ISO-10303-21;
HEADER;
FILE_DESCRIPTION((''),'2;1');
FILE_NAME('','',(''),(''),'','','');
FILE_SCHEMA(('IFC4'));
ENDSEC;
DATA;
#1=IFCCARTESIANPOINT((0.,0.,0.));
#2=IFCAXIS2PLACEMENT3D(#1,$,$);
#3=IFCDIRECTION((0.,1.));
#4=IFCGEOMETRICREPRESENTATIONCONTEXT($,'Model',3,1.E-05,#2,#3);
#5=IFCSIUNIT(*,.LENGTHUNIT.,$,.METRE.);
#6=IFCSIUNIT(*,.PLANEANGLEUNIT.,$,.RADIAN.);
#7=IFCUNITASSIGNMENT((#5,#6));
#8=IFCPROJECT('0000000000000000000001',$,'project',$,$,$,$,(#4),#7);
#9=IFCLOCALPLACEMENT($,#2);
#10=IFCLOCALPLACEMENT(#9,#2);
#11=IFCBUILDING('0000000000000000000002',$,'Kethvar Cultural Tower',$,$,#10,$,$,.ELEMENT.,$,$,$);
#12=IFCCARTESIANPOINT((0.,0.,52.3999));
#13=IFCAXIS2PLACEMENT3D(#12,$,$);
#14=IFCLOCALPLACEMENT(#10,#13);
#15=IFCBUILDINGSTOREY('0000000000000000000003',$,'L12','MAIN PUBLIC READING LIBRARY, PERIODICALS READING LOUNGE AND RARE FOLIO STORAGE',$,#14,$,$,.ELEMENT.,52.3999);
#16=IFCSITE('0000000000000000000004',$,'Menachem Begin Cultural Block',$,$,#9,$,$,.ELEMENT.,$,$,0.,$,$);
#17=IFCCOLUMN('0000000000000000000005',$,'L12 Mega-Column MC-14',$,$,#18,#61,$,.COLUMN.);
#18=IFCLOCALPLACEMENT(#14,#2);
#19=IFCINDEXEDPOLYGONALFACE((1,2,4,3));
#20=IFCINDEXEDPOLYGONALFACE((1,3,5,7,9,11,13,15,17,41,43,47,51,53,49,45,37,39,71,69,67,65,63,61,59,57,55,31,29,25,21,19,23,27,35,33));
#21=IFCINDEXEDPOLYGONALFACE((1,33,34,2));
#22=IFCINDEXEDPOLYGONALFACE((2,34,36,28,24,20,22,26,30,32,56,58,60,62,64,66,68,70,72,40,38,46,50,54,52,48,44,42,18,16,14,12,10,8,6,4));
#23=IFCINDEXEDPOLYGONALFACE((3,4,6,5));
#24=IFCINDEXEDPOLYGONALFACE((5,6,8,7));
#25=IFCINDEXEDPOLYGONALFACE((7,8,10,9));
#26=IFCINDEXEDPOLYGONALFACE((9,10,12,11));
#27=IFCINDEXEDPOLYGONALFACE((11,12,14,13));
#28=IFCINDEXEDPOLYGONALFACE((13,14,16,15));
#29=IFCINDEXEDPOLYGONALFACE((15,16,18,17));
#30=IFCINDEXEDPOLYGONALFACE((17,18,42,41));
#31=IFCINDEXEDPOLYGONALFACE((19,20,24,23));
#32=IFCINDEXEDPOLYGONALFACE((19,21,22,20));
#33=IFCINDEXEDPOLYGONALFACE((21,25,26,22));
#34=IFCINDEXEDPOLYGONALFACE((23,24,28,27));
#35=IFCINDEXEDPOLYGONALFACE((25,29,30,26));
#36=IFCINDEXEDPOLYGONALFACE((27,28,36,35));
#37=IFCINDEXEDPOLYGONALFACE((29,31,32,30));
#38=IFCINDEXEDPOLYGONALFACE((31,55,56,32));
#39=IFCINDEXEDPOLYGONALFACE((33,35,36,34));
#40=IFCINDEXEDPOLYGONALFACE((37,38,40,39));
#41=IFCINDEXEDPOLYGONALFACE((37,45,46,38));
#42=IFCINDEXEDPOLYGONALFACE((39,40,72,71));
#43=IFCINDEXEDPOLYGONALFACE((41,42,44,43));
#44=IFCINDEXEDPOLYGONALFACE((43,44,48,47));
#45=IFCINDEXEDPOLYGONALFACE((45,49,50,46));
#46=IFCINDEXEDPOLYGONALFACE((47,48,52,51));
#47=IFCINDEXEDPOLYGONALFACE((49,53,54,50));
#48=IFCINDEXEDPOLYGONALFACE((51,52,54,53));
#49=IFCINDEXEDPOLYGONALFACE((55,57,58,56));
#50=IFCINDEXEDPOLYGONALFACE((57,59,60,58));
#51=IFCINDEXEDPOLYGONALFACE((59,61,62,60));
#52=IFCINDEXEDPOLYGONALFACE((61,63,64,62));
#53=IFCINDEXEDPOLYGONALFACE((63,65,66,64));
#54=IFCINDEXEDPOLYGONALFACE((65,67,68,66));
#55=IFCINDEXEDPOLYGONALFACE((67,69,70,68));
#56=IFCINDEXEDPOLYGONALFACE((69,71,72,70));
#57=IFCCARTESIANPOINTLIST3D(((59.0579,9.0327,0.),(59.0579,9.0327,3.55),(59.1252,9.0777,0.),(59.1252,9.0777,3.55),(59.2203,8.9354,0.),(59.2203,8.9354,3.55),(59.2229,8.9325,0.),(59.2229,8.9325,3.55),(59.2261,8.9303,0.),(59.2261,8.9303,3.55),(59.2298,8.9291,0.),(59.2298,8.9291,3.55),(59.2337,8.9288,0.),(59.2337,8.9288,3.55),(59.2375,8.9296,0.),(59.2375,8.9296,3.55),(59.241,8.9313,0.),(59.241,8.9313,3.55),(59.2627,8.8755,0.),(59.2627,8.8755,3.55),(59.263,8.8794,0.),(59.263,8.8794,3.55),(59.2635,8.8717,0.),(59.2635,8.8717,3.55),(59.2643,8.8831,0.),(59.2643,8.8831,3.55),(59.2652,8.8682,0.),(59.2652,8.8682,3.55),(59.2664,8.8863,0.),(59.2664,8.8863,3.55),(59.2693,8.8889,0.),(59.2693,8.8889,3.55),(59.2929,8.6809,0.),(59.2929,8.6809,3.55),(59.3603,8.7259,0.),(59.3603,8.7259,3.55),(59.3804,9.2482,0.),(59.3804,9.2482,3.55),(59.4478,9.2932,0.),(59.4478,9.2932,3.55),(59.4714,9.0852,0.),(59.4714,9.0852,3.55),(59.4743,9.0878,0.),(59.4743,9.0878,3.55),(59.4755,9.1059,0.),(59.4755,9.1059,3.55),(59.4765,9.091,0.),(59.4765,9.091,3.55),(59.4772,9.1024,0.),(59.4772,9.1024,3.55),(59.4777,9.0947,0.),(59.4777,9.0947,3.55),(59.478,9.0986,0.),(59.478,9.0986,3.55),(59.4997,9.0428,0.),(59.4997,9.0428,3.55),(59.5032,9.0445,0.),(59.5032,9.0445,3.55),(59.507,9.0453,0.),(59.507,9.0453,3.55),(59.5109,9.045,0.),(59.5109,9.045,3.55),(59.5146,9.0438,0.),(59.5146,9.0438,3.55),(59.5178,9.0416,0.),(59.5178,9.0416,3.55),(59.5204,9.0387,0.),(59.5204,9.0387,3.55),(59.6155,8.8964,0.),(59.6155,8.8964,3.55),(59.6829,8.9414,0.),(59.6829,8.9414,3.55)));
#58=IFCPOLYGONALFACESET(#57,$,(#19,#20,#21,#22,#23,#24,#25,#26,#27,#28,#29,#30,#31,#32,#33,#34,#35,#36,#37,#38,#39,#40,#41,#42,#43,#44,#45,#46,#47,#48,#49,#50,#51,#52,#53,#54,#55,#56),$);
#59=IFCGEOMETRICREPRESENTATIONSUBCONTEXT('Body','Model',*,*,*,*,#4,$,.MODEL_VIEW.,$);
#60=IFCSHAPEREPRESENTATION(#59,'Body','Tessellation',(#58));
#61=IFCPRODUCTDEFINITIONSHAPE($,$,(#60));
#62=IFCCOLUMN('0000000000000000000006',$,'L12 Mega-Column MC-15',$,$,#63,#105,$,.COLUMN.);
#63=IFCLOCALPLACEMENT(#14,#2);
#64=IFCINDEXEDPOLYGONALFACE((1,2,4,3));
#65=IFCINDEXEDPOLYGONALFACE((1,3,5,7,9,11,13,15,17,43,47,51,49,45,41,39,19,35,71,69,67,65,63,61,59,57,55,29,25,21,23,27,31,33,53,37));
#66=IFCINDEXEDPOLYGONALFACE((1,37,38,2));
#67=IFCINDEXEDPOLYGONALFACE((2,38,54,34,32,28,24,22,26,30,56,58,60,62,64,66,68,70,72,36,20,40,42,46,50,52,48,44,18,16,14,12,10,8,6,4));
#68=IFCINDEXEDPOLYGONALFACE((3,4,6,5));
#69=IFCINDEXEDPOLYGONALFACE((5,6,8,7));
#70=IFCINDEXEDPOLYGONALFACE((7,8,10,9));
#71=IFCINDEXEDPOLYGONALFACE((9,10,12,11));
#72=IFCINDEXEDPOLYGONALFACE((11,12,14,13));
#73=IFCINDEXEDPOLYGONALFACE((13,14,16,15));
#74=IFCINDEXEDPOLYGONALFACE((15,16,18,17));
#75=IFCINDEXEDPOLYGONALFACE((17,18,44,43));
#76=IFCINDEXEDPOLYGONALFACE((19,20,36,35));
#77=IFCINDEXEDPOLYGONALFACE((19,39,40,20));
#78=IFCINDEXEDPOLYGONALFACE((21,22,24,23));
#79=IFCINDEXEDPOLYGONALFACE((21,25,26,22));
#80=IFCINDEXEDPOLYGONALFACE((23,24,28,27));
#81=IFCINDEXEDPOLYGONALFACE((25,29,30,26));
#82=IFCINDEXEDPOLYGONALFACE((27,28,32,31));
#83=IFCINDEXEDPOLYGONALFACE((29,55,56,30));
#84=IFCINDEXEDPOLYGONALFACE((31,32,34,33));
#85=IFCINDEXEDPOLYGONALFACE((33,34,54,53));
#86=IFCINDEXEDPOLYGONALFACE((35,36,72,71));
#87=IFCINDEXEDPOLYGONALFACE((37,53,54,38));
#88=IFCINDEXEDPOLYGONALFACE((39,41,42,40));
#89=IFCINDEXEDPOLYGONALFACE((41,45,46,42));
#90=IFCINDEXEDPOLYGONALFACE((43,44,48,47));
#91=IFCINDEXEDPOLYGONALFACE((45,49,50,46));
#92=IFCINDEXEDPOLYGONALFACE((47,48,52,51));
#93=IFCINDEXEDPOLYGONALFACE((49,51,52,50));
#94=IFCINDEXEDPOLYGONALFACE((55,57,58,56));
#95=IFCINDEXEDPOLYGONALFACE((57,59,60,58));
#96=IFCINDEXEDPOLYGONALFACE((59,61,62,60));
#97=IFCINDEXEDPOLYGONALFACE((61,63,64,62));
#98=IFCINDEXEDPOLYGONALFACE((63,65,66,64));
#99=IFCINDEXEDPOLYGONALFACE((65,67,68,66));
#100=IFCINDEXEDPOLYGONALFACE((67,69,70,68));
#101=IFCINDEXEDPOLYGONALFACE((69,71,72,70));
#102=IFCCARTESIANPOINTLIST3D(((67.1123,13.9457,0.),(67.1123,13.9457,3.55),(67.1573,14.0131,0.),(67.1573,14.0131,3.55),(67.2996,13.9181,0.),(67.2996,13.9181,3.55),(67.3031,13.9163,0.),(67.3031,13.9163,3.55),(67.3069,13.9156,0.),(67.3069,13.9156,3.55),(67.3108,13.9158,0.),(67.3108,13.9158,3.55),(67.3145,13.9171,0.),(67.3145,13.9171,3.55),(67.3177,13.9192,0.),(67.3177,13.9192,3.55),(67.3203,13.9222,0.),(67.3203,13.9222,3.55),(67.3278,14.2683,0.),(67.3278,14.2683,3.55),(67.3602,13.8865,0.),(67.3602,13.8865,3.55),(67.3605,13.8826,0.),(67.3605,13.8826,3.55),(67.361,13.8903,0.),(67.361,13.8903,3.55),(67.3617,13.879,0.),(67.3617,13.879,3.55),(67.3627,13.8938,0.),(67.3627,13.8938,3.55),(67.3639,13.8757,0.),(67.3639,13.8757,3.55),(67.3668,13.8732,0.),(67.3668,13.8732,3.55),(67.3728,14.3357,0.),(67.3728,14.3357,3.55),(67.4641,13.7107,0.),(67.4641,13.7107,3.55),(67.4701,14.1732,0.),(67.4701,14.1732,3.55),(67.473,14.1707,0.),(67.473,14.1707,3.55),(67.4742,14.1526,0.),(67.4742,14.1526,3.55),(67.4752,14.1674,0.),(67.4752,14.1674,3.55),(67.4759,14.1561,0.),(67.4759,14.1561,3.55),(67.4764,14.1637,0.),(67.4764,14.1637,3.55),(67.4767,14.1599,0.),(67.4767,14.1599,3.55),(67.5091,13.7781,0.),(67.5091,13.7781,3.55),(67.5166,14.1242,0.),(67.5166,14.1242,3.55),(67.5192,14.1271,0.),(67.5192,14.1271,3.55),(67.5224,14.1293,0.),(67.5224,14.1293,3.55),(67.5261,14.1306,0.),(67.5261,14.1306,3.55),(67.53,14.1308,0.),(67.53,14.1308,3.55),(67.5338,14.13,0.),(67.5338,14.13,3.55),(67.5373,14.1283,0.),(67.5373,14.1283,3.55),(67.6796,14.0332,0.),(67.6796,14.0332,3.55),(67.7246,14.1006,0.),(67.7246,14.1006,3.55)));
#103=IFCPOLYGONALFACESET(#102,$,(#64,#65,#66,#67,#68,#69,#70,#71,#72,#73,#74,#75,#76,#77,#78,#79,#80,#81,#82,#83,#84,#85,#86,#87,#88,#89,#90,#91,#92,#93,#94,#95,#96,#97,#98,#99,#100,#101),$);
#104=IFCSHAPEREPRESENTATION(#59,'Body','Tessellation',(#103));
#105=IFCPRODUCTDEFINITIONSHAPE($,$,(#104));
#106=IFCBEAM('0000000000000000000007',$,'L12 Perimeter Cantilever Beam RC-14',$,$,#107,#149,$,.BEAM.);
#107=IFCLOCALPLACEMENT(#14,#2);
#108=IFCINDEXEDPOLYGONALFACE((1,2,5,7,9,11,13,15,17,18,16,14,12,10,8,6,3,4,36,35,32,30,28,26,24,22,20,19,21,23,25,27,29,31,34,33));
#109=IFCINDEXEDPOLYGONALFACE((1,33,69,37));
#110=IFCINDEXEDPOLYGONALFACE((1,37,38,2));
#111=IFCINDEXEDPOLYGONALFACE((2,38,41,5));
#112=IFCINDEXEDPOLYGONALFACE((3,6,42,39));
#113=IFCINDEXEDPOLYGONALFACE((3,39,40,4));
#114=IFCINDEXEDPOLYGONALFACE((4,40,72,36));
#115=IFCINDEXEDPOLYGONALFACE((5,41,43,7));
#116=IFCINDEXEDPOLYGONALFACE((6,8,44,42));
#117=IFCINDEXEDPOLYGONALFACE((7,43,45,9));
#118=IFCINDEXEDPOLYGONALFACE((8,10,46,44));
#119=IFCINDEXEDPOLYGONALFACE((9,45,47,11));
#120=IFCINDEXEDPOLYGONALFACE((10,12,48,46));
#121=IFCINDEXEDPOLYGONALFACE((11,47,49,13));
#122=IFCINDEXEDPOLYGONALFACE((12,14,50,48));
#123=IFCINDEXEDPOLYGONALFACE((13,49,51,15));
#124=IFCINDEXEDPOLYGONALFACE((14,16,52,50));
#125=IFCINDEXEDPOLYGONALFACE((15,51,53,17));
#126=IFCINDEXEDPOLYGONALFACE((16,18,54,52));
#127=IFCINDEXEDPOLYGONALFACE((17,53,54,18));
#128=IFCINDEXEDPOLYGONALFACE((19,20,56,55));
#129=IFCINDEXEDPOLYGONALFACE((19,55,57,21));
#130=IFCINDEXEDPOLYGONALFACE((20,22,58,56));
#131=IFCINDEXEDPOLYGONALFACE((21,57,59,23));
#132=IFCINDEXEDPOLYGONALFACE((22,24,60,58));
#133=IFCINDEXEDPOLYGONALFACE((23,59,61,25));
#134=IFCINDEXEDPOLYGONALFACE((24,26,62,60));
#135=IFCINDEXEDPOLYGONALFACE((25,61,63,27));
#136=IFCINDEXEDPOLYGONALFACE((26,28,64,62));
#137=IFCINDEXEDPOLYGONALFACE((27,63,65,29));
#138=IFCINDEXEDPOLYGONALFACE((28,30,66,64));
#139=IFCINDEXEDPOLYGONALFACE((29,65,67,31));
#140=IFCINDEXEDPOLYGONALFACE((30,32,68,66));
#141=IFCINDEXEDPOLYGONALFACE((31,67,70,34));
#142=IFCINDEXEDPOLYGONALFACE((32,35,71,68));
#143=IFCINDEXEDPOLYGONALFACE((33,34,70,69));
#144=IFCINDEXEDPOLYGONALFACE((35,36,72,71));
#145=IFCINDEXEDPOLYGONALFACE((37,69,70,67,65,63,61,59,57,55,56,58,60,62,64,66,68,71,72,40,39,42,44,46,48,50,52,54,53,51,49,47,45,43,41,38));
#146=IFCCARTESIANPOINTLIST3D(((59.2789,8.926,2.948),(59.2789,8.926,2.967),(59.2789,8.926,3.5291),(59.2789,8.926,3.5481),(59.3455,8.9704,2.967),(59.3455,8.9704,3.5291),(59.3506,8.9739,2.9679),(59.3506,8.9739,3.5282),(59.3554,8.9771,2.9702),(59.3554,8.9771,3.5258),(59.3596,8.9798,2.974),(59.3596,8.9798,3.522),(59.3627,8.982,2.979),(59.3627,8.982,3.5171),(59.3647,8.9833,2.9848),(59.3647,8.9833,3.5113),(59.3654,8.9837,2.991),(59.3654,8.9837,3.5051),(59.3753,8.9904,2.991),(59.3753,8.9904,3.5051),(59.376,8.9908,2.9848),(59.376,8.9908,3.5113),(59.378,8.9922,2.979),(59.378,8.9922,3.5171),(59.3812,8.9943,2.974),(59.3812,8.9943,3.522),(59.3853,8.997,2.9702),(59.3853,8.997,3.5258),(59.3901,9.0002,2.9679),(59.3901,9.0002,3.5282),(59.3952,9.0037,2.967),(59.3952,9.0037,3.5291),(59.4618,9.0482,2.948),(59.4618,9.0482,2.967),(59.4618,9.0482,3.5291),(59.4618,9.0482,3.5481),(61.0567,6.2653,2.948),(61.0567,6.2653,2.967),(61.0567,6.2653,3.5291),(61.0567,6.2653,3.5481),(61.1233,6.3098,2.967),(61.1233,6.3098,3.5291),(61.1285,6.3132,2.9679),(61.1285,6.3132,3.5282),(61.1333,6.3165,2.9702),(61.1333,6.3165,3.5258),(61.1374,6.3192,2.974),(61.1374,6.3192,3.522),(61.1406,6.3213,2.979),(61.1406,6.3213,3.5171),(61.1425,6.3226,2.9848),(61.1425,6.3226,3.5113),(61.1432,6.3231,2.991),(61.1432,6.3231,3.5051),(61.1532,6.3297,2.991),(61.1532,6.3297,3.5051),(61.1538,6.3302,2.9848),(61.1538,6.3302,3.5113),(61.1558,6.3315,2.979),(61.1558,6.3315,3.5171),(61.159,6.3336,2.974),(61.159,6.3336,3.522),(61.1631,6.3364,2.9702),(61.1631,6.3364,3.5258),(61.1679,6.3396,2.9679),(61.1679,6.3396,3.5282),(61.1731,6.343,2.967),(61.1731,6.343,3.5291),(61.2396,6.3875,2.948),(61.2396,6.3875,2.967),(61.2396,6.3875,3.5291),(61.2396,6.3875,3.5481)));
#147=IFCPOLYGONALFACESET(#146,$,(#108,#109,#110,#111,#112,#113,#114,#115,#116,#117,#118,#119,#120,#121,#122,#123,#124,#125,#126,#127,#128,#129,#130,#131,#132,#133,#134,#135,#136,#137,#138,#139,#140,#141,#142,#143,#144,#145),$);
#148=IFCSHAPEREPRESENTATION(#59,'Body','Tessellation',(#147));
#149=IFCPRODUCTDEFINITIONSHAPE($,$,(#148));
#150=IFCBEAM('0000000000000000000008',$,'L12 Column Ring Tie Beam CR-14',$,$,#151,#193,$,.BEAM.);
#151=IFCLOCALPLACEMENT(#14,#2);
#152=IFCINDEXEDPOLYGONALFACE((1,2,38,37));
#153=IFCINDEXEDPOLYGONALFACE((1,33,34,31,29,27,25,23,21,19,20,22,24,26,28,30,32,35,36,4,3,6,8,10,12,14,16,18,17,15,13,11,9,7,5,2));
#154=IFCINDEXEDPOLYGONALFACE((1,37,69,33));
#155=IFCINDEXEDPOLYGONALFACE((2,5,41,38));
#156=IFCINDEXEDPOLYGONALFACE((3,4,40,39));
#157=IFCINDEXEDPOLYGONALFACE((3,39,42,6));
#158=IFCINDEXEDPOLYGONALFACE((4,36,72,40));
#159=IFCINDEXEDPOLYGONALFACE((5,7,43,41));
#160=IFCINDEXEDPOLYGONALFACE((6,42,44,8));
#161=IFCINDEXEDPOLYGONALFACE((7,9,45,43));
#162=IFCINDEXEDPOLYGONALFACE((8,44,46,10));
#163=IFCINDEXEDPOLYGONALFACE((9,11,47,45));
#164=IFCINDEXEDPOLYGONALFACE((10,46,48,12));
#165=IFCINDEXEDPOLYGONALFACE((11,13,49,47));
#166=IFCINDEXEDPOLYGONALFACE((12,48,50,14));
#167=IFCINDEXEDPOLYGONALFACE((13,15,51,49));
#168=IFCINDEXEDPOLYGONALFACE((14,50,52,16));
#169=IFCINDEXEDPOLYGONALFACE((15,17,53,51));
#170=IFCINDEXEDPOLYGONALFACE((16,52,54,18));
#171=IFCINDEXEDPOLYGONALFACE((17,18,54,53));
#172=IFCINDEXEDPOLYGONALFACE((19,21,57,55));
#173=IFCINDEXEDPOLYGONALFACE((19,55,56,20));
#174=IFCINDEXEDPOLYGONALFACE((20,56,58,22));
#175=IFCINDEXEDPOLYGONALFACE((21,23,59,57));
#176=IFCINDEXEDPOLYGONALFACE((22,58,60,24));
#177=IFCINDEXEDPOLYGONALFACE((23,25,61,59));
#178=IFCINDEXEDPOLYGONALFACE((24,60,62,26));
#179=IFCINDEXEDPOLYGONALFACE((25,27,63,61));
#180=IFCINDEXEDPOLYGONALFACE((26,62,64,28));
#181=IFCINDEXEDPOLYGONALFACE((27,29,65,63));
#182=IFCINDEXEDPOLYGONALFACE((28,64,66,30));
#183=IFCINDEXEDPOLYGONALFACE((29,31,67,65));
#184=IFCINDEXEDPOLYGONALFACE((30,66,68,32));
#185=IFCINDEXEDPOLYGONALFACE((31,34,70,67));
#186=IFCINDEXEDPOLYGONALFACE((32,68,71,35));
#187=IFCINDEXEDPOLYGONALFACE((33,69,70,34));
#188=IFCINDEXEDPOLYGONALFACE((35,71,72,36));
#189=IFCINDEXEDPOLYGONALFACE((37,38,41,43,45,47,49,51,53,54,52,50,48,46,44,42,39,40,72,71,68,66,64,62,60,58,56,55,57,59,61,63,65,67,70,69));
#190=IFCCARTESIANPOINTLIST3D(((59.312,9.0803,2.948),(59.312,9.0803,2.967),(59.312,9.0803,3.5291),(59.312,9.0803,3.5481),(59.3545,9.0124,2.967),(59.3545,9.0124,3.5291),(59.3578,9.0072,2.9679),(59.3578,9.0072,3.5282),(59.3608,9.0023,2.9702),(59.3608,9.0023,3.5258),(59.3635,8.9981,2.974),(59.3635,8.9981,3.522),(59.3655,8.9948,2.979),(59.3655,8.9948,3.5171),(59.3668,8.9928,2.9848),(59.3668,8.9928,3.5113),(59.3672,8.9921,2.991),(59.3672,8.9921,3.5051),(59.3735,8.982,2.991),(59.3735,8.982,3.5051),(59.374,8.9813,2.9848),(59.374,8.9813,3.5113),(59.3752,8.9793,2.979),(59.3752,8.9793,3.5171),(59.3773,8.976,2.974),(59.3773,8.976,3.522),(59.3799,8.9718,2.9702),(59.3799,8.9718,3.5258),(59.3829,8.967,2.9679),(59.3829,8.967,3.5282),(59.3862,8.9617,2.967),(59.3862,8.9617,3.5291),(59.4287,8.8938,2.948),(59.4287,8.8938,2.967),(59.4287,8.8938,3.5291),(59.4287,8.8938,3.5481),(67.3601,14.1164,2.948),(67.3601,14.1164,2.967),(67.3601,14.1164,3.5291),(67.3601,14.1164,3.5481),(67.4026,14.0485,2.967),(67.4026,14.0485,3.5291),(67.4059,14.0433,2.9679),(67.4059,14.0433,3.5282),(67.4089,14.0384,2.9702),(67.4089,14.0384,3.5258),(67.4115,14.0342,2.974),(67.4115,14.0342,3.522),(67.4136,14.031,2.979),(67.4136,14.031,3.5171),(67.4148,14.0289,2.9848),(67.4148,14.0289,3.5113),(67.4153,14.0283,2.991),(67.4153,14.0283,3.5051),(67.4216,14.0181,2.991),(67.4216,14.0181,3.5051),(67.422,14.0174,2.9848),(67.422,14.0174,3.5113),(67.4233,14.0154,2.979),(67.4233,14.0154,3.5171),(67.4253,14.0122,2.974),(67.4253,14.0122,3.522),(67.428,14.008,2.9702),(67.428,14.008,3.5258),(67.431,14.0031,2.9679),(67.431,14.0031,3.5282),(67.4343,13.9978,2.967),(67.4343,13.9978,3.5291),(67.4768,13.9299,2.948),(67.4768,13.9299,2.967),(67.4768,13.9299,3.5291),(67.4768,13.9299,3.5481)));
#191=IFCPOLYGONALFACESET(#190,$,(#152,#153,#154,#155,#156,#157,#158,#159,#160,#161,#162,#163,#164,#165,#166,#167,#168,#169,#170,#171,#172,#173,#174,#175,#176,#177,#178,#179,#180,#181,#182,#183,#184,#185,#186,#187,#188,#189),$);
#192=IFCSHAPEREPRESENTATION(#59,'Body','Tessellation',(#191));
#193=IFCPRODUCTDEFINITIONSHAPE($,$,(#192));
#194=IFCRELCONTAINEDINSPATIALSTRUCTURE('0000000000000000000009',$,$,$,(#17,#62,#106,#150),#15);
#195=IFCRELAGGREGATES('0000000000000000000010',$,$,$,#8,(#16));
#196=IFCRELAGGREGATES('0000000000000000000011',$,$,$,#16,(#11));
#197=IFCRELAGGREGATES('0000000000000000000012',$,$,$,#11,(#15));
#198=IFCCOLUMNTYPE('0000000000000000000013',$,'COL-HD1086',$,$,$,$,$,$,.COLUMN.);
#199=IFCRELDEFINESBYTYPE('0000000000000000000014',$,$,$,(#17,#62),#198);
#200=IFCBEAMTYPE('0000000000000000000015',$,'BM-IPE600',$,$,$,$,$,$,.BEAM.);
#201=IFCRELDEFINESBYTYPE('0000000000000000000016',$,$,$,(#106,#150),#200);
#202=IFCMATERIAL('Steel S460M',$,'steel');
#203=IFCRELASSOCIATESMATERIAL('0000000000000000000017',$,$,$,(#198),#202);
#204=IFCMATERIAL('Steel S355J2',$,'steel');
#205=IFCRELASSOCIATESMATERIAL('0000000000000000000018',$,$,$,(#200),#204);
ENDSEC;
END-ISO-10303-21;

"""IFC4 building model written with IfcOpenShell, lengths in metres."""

from ifc_helpers import new_model, si_unit, direction, frame, origin, origin_2d, place, context, subcontext, project, spatial, i_section, extrude, source, transform, mapped, material, material_profile, profile_set, type_object, element, save


model = new_model("IFC4")

# Units and contexts
model_context = context("Model", 3, precision=1e-05, world=origin(), true_north=direction((0.0, 1.0)))
body_context = subcontext(model_context, "Body", "Model", "MODEL_VIEW")
ifc_project = project(units=[si_unit("LENGTHUNIT", "METRE"), si_unit("PLANEANGLEUNIT", "RADIAN")], contexts=[model_context])

# Site, building, storey
site_placement = place(None, origin())
site = spatial("IfcSite", under=ifc_project, at=site_placement, Name="Menachem Begin Cultural Block", CompositionType="ELEMENT", RefElevation=0.0)
building_placement = place(site_placement, origin())
building = spatial("IfcBuilding", under=site, at=building_placement, Name="Kethvar Cultural Tower", CompositionType="ELEMENT")
storey_placement = place(building_placement, frame((0.0, 0.0, 52.3999)))
storey = spatial("IfcBuildingStorey", under=building, at=storey_placement, Name="L12", Description="MAIN PUBLIC READING LIBRARY, PERIODICALS READING LOUNGE AND RARE FOLIO STORAGE", CompositionType="ELEMENT", Elevation=52.3999)

# Columns
ifc_material_1 = material(Name="Steel S460M", Category="steel")
ifc_material_profile_1 = material_profile(ifc_material_1, i_section(OverallWidth=0.4231, OverallDepth=0.469, WebThickness=0.051, FlangeThickness=0.0811, FilletRadius=0.0149, at=origin_2d()), Name="Steel S460M — HD400x1086")
ifc_profile_set_1 = profile_set([ifc_material_profile_1], Name="Steel S460M — HD400x1086")
column_type = type_object("IfcColumnType", Name="COL-HD1086", PredefinedType="COLUMN", material=ifc_profile_set_1)
shared_shape_1 = source(origin(), body_context, "Body", "SweptSolid", [
    extrude(i_section(OverallWidth=0.4231, OverallDepth=0.469, WebThickness=0.051, FlangeThickness=0.0811, FilletRadius=0.0149, at=origin_2d()), origin(), (0.0, 0.0, 1.0), 3.55),
])
for number, where, z_axis, x_axis, name in (
    (1, (59.3704, 8.9871, 0.0), (0.0, 0.0, 1.0), (0.55557, -0.83147, 0.0), "L12 Mega-Column MC-14"),
    (2, (67.4185, 14.0232, 0.0), (0.0, 0.0, 1.0), (0.83147, -0.55557, 0.0), "L12 Mega-Column MC-15"),
):
    element("IfcColumn", number, at=place(storey_placement, frame(where, z_axis=z_axis, x_axis=x_axis)), inside=storey, type_object=column_type, Name=name, PredefinedType="COLUMN", context=body_context, shape_type="MappedRepresentation", body=[
        mapped(shared_shape_1, transform((0.0, 0.0, 0.0), scale=1.0)),
    ])

# Beams
ifc_material_2 = material(Name="Steel S355J2", Category="steel")
ifc_material_profile_2 = material_profile(ifc_material_2, i_section(OverallWidth=0.22, OverallDepth=0.6001, WebThickness=0.012, FlangeThickness=0.019, FilletRadius=0.0239, at=origin_2d()), Name="Steel S355J2 — IPE600")
ifc_profile_set_2 = profile_set([ifc_material_profile_2], Name="Steel S355J2 — IPE600")
beam_type_1 = type_object("IfcBeamType", Name="BM-IPE600", PredefinedType="BEAM", material=ifc_profile_set_2)
shared_shape_2 = source(origin(), body_context, "Body", "SweptSolid", [
    extrude(i_section(OverallWidth=0.22, OverallDepth=0.6001, WebThickness=0.012, FlangeThickness=0.019, FilletRadius=0.0239, at=origin_2d()), origin(), (0.0, 0.0, 1.0), 3.2),
])
beam_1_placement = place(storey_placement, frame((59.3704, 8.9871, 3.248), z_axis=(0.55558, -0.831463, 0.0), x_axis=(0.831463, 0.55558, 0.0)))
element("IfcBeam", 3, at=beam_1_placement, inside=storey, type_object=beam_type_1, Name="L12 Perimeter Cantilever Beam RC-14", PredefinedType="BEAM", context=body_context, shape_type="MappedRepresentation", body=[
    mapped(shared_shape_2, transform((0.0, 0.0, 0.0), scale=1.0)),
])
shared_shape_3 = source(origin(), body_context, "Body", "SweptSolid", [
    extrude(i_section(OverallWidth=0.22, OverallDepth=0.6001, WebThickness=0.012, FlangeThickness=0.019, FilletRadius=0.0239, at=origin_2d()), origin(), (0.0, 0.0, 1.0), 9.4939),
])
beam_2_placement = place(storey_placement, frame((59.3704, 8.9871, 3.248), z_axis=(0.847711, 0.530459, 0.0), x_axis=(-0.530459, 0.847711, 0.0)))
element("IfcBeam", 4, at=beam_2_placement, inside=storey, type_object=beam_type_1, Name="L12 Column Ring Tie Beam CR-14", PredefinedType="BEAM", context=body_context, shape_type="MappedRepresentation", body=[
    mapped(shared_shape_3, transform((0.0, 0.0, 0.0), scale=1.0)),
])

save(model, "model.ifc")
